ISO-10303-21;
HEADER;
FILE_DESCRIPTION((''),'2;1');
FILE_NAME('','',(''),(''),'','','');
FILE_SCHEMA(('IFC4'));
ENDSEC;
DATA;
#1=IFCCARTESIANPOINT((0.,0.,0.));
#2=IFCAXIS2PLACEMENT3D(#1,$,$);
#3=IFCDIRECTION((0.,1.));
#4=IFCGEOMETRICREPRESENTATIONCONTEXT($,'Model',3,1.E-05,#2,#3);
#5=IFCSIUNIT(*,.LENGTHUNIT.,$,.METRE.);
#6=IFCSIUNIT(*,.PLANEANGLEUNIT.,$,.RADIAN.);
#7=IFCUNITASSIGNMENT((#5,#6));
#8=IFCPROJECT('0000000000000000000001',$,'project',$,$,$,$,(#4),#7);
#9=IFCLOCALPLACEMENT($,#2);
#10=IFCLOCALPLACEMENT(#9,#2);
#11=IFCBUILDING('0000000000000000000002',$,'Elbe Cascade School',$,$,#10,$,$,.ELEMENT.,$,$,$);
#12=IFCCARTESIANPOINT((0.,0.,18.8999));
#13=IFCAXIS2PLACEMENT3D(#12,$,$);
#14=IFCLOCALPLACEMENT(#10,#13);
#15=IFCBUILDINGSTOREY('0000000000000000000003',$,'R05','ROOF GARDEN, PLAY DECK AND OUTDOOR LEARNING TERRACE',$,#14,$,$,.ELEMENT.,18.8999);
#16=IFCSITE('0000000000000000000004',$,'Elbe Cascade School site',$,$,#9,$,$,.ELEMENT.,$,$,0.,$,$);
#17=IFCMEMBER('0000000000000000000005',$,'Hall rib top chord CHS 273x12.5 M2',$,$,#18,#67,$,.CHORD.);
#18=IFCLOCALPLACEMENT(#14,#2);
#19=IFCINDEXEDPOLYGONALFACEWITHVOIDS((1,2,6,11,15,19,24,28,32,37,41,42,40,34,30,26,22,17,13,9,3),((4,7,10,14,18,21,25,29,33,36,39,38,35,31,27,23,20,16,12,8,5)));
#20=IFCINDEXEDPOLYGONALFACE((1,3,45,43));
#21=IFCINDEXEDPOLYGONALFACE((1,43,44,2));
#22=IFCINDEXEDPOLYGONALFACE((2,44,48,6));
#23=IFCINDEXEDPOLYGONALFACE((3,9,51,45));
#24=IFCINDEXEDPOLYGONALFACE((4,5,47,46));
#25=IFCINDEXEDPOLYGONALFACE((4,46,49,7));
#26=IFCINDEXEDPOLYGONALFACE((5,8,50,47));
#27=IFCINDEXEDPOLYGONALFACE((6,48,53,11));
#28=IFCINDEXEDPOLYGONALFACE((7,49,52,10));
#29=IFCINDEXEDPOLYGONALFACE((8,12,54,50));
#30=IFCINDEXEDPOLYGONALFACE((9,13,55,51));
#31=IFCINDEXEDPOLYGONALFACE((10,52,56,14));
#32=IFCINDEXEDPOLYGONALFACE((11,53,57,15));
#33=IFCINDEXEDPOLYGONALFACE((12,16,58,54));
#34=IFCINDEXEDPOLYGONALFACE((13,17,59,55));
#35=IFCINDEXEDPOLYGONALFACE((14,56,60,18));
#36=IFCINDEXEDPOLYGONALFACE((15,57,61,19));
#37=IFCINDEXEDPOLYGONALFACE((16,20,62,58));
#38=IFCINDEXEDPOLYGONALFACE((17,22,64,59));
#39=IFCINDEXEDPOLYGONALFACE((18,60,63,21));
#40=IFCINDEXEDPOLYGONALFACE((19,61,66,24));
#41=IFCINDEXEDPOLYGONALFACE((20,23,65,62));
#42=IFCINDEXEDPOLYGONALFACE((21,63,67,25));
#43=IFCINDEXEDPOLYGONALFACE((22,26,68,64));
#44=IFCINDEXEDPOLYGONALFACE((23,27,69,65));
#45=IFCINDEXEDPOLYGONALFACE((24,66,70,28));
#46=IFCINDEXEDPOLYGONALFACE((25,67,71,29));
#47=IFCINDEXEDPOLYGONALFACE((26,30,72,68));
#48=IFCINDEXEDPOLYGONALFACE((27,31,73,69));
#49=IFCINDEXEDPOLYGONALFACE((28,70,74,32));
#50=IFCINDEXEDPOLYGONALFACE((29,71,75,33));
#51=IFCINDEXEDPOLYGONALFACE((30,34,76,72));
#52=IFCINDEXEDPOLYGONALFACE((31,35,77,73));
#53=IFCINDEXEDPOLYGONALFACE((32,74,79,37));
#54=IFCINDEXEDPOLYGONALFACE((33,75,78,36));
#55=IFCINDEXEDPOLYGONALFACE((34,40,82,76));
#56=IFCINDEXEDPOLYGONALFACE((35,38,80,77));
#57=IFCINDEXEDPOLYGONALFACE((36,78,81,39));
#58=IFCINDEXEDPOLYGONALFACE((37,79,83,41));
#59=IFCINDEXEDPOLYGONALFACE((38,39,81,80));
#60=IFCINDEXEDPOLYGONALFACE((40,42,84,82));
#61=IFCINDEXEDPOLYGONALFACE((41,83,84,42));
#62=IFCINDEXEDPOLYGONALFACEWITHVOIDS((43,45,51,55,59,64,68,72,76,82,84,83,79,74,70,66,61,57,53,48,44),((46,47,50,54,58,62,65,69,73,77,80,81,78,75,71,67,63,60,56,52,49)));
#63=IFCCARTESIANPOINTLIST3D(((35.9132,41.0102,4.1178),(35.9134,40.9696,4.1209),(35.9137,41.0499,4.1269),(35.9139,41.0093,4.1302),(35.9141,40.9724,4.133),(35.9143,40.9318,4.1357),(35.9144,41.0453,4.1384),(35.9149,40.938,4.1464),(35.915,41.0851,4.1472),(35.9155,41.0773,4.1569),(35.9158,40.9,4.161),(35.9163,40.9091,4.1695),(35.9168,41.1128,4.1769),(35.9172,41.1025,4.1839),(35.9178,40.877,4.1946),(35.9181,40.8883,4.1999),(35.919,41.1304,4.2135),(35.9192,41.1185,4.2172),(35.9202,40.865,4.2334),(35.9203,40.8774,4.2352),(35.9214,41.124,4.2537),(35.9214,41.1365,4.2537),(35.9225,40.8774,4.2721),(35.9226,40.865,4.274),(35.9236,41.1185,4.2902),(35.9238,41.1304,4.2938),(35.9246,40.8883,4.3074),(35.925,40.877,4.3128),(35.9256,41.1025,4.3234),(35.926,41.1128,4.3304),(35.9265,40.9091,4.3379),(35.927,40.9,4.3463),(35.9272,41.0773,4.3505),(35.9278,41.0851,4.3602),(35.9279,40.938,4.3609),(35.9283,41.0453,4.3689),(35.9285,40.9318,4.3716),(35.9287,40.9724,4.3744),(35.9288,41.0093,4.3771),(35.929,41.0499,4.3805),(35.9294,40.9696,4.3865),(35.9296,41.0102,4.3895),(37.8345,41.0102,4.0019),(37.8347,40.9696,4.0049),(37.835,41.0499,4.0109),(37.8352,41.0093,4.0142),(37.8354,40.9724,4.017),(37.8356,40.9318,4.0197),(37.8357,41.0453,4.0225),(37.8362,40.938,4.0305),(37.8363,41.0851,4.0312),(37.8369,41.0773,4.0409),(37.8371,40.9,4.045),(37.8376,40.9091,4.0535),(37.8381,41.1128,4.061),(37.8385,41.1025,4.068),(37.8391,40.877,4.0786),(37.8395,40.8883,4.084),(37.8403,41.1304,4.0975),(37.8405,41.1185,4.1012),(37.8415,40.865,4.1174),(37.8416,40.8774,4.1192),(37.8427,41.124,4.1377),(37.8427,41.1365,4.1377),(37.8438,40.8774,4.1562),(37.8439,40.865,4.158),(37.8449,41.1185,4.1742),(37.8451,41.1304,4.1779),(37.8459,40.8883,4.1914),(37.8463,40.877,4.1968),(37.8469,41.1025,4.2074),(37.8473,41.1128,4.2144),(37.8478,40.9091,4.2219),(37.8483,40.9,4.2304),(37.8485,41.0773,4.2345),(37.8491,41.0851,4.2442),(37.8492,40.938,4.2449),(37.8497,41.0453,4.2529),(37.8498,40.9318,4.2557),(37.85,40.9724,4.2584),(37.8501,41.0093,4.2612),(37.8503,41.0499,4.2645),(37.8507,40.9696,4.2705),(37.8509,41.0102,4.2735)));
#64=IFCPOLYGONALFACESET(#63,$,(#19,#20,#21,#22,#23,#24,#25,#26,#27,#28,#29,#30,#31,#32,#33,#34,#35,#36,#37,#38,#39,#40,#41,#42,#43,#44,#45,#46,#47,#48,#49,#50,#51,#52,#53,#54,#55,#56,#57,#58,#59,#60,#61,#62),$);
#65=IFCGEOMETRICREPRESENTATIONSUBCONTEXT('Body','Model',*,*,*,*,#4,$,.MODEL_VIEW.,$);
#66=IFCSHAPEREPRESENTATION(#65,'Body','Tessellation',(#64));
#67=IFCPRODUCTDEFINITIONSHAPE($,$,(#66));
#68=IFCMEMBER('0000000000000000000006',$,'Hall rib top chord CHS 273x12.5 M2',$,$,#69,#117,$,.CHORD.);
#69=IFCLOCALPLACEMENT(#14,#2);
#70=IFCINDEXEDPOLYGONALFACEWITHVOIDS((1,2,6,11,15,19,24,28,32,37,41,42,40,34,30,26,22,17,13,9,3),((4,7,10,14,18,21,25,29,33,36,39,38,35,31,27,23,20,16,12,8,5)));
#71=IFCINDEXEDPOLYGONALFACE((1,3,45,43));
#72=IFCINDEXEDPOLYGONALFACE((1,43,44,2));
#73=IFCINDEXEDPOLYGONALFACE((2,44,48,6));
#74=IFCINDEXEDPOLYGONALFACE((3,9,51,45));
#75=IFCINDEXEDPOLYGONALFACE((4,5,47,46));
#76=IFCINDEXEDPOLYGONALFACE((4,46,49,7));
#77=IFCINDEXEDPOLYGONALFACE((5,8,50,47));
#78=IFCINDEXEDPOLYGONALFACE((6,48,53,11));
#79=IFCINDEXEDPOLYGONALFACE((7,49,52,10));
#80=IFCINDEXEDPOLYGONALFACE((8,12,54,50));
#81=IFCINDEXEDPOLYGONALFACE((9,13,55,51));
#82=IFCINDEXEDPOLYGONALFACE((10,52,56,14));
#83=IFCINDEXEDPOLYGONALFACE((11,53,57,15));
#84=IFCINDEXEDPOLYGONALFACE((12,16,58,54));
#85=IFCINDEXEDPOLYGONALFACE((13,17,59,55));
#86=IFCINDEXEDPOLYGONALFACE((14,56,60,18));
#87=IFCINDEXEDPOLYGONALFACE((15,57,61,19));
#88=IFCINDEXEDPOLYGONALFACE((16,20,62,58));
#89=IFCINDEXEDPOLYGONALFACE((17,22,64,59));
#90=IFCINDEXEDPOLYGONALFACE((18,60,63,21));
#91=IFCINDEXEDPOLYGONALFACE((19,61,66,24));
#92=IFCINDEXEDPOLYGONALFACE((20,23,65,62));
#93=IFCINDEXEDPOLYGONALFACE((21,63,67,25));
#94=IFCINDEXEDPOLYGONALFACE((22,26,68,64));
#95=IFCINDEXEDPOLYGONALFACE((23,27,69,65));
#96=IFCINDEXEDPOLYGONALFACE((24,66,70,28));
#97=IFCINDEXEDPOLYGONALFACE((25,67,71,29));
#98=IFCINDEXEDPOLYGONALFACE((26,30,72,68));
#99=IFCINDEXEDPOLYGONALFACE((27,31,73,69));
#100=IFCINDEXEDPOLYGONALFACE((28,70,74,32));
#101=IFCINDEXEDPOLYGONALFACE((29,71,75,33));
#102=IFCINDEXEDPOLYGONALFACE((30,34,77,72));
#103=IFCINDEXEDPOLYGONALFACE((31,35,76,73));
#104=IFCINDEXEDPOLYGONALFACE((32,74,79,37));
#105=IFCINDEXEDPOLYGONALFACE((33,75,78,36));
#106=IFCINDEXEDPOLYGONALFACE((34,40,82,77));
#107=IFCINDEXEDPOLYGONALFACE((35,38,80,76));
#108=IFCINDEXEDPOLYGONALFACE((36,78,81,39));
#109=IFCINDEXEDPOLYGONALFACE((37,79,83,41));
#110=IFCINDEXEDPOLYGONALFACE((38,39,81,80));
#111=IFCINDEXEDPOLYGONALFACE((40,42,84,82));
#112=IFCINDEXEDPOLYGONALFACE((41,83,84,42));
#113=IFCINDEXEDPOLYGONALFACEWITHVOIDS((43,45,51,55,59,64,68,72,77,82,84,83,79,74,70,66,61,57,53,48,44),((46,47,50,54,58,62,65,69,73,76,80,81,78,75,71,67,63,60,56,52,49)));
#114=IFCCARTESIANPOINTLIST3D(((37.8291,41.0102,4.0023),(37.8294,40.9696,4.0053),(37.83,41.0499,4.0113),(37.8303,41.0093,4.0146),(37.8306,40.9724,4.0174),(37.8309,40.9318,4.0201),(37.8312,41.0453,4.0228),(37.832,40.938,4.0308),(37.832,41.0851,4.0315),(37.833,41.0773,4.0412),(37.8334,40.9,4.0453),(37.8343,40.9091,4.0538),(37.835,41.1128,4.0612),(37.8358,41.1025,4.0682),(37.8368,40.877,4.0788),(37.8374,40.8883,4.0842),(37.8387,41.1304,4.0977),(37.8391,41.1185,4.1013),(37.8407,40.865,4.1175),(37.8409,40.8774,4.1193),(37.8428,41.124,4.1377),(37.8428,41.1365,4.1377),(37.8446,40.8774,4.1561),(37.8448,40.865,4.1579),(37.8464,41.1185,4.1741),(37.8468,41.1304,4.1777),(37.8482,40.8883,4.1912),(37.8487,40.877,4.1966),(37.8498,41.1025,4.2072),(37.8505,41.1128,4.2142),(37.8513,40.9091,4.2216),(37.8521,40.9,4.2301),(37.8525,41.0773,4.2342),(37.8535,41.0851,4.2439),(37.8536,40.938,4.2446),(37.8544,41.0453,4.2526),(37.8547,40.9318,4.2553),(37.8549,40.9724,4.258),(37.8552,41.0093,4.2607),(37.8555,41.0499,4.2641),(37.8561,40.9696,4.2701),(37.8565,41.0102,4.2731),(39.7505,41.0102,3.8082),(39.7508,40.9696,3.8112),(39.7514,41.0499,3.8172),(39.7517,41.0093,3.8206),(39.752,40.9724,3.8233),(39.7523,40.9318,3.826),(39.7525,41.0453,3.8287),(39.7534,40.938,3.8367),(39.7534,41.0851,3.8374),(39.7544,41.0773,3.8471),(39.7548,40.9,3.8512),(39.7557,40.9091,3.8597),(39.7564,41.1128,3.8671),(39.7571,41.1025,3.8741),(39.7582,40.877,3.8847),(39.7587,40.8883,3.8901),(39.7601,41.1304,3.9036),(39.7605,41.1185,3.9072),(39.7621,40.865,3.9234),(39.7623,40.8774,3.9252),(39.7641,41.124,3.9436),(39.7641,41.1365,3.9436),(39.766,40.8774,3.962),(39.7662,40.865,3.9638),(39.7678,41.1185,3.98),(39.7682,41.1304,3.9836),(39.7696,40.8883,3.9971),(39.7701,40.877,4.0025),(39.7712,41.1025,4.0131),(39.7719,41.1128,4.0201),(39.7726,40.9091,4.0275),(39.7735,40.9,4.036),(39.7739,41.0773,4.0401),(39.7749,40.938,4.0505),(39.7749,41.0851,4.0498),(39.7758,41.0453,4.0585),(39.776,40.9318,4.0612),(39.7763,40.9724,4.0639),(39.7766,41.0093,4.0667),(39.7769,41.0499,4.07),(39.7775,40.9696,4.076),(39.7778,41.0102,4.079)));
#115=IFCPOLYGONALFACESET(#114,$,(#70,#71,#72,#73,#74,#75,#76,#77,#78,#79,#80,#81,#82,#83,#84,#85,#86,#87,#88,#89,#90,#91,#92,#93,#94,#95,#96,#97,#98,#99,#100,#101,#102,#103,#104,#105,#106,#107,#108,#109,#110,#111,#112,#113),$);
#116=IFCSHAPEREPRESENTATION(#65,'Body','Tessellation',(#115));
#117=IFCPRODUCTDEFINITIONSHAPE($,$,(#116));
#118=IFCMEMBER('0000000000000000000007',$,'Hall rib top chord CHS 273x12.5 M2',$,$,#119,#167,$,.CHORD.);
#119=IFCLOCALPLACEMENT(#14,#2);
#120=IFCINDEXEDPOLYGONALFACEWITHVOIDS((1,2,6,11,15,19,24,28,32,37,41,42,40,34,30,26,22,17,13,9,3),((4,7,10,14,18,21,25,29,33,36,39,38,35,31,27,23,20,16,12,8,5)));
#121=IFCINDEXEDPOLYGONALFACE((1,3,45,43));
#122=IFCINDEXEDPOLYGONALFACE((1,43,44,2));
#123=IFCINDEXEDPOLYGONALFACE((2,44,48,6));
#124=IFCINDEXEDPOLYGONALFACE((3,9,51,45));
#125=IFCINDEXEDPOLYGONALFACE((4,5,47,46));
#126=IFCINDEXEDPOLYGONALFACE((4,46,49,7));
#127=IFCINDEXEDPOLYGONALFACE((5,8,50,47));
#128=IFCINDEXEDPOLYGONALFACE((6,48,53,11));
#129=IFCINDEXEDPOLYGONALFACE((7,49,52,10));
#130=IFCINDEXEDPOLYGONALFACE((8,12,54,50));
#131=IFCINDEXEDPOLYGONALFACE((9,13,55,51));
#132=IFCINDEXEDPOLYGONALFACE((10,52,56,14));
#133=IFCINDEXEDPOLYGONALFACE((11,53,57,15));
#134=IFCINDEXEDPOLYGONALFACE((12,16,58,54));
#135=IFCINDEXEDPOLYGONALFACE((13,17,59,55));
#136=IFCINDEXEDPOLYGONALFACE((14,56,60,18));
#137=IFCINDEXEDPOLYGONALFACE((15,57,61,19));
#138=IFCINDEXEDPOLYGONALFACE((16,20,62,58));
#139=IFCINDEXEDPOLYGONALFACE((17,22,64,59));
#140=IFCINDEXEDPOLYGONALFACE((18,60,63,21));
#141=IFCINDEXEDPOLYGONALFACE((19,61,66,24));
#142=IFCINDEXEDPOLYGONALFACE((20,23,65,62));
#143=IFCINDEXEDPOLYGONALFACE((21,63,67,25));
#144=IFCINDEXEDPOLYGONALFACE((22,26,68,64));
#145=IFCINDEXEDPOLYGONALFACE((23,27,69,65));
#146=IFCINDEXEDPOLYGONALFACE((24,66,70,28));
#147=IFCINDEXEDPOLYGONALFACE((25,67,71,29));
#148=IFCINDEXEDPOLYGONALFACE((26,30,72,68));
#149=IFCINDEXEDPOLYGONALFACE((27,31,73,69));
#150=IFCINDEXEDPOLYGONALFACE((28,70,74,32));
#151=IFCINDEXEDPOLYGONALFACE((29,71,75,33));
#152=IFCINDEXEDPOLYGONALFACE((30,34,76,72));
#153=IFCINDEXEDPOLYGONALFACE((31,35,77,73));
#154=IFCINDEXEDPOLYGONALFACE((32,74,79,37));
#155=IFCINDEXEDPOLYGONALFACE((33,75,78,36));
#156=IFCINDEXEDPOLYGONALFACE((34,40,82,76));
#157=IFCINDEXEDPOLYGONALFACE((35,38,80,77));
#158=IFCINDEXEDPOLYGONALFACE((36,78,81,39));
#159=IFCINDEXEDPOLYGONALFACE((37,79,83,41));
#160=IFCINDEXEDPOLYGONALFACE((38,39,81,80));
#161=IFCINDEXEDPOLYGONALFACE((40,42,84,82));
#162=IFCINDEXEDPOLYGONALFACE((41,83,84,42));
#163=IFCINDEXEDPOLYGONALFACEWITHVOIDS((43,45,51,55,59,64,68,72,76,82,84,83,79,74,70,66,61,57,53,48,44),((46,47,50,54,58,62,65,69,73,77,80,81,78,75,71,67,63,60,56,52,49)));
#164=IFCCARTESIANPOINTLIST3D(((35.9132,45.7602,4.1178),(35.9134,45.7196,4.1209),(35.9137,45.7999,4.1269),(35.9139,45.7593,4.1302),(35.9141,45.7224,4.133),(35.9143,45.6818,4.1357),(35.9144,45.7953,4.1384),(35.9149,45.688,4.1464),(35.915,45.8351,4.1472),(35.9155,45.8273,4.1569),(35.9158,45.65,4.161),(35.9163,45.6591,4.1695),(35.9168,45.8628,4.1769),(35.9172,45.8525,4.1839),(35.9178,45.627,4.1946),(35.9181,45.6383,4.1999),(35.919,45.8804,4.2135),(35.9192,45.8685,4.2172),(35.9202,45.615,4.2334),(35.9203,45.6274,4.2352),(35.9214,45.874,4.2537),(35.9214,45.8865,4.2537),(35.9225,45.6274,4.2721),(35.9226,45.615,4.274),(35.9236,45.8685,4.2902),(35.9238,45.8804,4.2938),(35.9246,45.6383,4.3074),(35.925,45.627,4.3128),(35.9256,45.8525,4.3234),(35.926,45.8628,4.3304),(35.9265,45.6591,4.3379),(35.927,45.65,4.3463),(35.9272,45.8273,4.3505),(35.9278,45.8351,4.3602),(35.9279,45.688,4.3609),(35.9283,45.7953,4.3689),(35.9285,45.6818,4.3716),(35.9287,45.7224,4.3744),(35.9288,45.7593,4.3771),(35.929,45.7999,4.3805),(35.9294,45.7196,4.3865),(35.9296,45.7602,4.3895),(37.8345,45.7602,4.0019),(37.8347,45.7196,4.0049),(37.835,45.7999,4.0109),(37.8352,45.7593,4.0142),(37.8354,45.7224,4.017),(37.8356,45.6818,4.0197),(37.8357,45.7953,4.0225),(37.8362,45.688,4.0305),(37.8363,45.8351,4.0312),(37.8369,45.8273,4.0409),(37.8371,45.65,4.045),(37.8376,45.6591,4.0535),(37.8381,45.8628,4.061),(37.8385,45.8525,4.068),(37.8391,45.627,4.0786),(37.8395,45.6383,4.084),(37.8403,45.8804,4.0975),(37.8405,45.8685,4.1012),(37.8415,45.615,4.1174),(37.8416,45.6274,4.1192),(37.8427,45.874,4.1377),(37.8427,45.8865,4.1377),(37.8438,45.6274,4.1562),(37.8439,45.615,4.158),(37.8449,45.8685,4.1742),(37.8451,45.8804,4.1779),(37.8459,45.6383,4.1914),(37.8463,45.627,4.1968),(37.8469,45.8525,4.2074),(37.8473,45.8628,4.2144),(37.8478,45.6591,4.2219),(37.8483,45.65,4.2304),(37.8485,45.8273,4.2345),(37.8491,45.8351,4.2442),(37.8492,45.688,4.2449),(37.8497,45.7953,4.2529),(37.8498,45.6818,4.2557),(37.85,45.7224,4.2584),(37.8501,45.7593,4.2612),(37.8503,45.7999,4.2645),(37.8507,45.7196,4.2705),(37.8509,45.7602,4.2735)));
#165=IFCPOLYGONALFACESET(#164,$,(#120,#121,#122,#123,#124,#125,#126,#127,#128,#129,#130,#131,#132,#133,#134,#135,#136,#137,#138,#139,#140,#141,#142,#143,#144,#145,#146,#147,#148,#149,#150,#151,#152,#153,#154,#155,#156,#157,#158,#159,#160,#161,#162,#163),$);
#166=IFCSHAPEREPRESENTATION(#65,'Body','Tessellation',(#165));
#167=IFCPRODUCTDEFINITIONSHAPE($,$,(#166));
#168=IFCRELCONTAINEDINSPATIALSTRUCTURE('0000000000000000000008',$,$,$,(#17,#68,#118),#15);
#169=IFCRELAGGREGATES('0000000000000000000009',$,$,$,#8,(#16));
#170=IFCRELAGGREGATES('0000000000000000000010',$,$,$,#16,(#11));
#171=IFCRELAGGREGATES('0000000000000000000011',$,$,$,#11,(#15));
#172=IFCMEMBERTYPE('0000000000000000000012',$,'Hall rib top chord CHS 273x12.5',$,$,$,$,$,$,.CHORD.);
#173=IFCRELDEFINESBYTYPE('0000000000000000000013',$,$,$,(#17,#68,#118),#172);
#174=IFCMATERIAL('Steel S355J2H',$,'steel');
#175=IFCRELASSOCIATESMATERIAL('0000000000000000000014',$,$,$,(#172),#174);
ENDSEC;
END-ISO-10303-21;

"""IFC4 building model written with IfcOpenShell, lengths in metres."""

from ifc_helpers import new_model, si_unit, direction, frame, origin, origin_2d, place, context, subcontext, project, spatial, hollow_circle, extrude, material, material_profile, profile_set, type_object, element, save


model = new_model("IFC4")

# Units and contexts
model_context = context("Model", 3, precision=1e-05, world=origin(), true_north=direction((0.0, 1.0)))
body_context = subcontext(model_context, "Body", "Model", "MODEL_VIEW")
ifc_project = project(units=[si_unit("LENGTHUNIT", "METRE"), si_unit("PLANEANGLEUNIT", "RADIAN")], contexts=[model_context])

# Site, building, storey
site_placement = place(None, origin())
site = spatial("IfcSite", under=ifc_project, at=site_placement, Name="Elbe Cascade School site", CompositionType="ELEMENT", RefElevation=0.0)
building_placement = place(site_placement, origin())
building = spatial("IfcBuilding", under=site, at=building_placement, Name="Elbe Cascade School", CompositionType="ELEMENT")
storey_placement = place(building_placement, frame((0.0, 0.0, 18.8999)))
storey = spatial("IfcBuildingStorey", under=building, at=storey_placement, Name="R05", Description="ROOF GARDEN, PLAY DECK AND OUTDOOR LEARNING TERRACE", CompositionType="ELEMENT", Elevation=18.8999)

# Members
ifc_material_1 = material(Name="Steel S355J2H", Category="steel")
ifc_material_profile_1 = material_profile(ifc_material_1, hollow_circle(Radius=0.1365, WallThickness=0.0125, at=origin_2d()), Name="CHS 273x12.5")
ifc_profile_set_1 = profile_set([ifc_material_profile_1], Name="Steel S355J2H")
member_type_1 = type_object("IfcMemberType", Name="Hall rib top chord CHS 273x12.5", PredefinedType="CHORD", material=ifc_profile_set_1)
member_1_placement = place(storey_placement, frame((35.9214, 41.0, 4.2537), z_axis=(0.998184, 0.0, -0.060246), x_axis=(0.0, 1.0, 0.0)))
element("IfcMember", 1, at=member_1_placement, inside=storey, type_object=member_type_1, Name="Hall rib top chord CHS 273x12.5 M2", PredefinedType="CHORD", context=body_context, shape_type="SweptSolid", body=[
    extrude(hollow_circle(Radius=0.1365, WallThickness=0.0125, at=origin_2d()), origin(), (0.0, 0.0, 1.0), 1.9248),
])
member_2_placement = place(storey_placement, frame((37.8428, 41.0, 4.1377), z_axis=(0.994937, 0.0, -0.100505), x_axis=(0.0, 1.0, 0.0)))
element("IfcMember", 2, at=member_2_placement, inside=storey, type_object=member_type_1, Name="Hall rib top chord CHS 273x12.5 M2", PredefinedType="CHORD", context=body_context, shape_type="SweptSolid", body=[
    extrude(hollow_circle(Radius=0.1365, WallThickness=0.0125, at=origin_2d()), origin(), (0.0, 0.0, 1.0), 1.9312),
])
member_3_placement = place(storey_placement, frame((35.9214, 45.75, 4.2537), z_axis=(0.998184, 0.0, -0.060246), x_axis=(0.0, 1.0, 0.0)))
element("IfcMember", 3, at=member_3_placement, inside=storey, type_object=member_type_1, Name="Hall rib top chord CHS 273x12.5 M2", PredefinedType="CHORD", context=body_context, shape_type="SweptSolid", body=[
    extrude(hollow_circle(Radius=0.1365, WallThickness=0.0125, at=origin_2d()), origin(), (0.0, 0.0, 1.0), 1.9248),
])

save(model, "model.ifc")
